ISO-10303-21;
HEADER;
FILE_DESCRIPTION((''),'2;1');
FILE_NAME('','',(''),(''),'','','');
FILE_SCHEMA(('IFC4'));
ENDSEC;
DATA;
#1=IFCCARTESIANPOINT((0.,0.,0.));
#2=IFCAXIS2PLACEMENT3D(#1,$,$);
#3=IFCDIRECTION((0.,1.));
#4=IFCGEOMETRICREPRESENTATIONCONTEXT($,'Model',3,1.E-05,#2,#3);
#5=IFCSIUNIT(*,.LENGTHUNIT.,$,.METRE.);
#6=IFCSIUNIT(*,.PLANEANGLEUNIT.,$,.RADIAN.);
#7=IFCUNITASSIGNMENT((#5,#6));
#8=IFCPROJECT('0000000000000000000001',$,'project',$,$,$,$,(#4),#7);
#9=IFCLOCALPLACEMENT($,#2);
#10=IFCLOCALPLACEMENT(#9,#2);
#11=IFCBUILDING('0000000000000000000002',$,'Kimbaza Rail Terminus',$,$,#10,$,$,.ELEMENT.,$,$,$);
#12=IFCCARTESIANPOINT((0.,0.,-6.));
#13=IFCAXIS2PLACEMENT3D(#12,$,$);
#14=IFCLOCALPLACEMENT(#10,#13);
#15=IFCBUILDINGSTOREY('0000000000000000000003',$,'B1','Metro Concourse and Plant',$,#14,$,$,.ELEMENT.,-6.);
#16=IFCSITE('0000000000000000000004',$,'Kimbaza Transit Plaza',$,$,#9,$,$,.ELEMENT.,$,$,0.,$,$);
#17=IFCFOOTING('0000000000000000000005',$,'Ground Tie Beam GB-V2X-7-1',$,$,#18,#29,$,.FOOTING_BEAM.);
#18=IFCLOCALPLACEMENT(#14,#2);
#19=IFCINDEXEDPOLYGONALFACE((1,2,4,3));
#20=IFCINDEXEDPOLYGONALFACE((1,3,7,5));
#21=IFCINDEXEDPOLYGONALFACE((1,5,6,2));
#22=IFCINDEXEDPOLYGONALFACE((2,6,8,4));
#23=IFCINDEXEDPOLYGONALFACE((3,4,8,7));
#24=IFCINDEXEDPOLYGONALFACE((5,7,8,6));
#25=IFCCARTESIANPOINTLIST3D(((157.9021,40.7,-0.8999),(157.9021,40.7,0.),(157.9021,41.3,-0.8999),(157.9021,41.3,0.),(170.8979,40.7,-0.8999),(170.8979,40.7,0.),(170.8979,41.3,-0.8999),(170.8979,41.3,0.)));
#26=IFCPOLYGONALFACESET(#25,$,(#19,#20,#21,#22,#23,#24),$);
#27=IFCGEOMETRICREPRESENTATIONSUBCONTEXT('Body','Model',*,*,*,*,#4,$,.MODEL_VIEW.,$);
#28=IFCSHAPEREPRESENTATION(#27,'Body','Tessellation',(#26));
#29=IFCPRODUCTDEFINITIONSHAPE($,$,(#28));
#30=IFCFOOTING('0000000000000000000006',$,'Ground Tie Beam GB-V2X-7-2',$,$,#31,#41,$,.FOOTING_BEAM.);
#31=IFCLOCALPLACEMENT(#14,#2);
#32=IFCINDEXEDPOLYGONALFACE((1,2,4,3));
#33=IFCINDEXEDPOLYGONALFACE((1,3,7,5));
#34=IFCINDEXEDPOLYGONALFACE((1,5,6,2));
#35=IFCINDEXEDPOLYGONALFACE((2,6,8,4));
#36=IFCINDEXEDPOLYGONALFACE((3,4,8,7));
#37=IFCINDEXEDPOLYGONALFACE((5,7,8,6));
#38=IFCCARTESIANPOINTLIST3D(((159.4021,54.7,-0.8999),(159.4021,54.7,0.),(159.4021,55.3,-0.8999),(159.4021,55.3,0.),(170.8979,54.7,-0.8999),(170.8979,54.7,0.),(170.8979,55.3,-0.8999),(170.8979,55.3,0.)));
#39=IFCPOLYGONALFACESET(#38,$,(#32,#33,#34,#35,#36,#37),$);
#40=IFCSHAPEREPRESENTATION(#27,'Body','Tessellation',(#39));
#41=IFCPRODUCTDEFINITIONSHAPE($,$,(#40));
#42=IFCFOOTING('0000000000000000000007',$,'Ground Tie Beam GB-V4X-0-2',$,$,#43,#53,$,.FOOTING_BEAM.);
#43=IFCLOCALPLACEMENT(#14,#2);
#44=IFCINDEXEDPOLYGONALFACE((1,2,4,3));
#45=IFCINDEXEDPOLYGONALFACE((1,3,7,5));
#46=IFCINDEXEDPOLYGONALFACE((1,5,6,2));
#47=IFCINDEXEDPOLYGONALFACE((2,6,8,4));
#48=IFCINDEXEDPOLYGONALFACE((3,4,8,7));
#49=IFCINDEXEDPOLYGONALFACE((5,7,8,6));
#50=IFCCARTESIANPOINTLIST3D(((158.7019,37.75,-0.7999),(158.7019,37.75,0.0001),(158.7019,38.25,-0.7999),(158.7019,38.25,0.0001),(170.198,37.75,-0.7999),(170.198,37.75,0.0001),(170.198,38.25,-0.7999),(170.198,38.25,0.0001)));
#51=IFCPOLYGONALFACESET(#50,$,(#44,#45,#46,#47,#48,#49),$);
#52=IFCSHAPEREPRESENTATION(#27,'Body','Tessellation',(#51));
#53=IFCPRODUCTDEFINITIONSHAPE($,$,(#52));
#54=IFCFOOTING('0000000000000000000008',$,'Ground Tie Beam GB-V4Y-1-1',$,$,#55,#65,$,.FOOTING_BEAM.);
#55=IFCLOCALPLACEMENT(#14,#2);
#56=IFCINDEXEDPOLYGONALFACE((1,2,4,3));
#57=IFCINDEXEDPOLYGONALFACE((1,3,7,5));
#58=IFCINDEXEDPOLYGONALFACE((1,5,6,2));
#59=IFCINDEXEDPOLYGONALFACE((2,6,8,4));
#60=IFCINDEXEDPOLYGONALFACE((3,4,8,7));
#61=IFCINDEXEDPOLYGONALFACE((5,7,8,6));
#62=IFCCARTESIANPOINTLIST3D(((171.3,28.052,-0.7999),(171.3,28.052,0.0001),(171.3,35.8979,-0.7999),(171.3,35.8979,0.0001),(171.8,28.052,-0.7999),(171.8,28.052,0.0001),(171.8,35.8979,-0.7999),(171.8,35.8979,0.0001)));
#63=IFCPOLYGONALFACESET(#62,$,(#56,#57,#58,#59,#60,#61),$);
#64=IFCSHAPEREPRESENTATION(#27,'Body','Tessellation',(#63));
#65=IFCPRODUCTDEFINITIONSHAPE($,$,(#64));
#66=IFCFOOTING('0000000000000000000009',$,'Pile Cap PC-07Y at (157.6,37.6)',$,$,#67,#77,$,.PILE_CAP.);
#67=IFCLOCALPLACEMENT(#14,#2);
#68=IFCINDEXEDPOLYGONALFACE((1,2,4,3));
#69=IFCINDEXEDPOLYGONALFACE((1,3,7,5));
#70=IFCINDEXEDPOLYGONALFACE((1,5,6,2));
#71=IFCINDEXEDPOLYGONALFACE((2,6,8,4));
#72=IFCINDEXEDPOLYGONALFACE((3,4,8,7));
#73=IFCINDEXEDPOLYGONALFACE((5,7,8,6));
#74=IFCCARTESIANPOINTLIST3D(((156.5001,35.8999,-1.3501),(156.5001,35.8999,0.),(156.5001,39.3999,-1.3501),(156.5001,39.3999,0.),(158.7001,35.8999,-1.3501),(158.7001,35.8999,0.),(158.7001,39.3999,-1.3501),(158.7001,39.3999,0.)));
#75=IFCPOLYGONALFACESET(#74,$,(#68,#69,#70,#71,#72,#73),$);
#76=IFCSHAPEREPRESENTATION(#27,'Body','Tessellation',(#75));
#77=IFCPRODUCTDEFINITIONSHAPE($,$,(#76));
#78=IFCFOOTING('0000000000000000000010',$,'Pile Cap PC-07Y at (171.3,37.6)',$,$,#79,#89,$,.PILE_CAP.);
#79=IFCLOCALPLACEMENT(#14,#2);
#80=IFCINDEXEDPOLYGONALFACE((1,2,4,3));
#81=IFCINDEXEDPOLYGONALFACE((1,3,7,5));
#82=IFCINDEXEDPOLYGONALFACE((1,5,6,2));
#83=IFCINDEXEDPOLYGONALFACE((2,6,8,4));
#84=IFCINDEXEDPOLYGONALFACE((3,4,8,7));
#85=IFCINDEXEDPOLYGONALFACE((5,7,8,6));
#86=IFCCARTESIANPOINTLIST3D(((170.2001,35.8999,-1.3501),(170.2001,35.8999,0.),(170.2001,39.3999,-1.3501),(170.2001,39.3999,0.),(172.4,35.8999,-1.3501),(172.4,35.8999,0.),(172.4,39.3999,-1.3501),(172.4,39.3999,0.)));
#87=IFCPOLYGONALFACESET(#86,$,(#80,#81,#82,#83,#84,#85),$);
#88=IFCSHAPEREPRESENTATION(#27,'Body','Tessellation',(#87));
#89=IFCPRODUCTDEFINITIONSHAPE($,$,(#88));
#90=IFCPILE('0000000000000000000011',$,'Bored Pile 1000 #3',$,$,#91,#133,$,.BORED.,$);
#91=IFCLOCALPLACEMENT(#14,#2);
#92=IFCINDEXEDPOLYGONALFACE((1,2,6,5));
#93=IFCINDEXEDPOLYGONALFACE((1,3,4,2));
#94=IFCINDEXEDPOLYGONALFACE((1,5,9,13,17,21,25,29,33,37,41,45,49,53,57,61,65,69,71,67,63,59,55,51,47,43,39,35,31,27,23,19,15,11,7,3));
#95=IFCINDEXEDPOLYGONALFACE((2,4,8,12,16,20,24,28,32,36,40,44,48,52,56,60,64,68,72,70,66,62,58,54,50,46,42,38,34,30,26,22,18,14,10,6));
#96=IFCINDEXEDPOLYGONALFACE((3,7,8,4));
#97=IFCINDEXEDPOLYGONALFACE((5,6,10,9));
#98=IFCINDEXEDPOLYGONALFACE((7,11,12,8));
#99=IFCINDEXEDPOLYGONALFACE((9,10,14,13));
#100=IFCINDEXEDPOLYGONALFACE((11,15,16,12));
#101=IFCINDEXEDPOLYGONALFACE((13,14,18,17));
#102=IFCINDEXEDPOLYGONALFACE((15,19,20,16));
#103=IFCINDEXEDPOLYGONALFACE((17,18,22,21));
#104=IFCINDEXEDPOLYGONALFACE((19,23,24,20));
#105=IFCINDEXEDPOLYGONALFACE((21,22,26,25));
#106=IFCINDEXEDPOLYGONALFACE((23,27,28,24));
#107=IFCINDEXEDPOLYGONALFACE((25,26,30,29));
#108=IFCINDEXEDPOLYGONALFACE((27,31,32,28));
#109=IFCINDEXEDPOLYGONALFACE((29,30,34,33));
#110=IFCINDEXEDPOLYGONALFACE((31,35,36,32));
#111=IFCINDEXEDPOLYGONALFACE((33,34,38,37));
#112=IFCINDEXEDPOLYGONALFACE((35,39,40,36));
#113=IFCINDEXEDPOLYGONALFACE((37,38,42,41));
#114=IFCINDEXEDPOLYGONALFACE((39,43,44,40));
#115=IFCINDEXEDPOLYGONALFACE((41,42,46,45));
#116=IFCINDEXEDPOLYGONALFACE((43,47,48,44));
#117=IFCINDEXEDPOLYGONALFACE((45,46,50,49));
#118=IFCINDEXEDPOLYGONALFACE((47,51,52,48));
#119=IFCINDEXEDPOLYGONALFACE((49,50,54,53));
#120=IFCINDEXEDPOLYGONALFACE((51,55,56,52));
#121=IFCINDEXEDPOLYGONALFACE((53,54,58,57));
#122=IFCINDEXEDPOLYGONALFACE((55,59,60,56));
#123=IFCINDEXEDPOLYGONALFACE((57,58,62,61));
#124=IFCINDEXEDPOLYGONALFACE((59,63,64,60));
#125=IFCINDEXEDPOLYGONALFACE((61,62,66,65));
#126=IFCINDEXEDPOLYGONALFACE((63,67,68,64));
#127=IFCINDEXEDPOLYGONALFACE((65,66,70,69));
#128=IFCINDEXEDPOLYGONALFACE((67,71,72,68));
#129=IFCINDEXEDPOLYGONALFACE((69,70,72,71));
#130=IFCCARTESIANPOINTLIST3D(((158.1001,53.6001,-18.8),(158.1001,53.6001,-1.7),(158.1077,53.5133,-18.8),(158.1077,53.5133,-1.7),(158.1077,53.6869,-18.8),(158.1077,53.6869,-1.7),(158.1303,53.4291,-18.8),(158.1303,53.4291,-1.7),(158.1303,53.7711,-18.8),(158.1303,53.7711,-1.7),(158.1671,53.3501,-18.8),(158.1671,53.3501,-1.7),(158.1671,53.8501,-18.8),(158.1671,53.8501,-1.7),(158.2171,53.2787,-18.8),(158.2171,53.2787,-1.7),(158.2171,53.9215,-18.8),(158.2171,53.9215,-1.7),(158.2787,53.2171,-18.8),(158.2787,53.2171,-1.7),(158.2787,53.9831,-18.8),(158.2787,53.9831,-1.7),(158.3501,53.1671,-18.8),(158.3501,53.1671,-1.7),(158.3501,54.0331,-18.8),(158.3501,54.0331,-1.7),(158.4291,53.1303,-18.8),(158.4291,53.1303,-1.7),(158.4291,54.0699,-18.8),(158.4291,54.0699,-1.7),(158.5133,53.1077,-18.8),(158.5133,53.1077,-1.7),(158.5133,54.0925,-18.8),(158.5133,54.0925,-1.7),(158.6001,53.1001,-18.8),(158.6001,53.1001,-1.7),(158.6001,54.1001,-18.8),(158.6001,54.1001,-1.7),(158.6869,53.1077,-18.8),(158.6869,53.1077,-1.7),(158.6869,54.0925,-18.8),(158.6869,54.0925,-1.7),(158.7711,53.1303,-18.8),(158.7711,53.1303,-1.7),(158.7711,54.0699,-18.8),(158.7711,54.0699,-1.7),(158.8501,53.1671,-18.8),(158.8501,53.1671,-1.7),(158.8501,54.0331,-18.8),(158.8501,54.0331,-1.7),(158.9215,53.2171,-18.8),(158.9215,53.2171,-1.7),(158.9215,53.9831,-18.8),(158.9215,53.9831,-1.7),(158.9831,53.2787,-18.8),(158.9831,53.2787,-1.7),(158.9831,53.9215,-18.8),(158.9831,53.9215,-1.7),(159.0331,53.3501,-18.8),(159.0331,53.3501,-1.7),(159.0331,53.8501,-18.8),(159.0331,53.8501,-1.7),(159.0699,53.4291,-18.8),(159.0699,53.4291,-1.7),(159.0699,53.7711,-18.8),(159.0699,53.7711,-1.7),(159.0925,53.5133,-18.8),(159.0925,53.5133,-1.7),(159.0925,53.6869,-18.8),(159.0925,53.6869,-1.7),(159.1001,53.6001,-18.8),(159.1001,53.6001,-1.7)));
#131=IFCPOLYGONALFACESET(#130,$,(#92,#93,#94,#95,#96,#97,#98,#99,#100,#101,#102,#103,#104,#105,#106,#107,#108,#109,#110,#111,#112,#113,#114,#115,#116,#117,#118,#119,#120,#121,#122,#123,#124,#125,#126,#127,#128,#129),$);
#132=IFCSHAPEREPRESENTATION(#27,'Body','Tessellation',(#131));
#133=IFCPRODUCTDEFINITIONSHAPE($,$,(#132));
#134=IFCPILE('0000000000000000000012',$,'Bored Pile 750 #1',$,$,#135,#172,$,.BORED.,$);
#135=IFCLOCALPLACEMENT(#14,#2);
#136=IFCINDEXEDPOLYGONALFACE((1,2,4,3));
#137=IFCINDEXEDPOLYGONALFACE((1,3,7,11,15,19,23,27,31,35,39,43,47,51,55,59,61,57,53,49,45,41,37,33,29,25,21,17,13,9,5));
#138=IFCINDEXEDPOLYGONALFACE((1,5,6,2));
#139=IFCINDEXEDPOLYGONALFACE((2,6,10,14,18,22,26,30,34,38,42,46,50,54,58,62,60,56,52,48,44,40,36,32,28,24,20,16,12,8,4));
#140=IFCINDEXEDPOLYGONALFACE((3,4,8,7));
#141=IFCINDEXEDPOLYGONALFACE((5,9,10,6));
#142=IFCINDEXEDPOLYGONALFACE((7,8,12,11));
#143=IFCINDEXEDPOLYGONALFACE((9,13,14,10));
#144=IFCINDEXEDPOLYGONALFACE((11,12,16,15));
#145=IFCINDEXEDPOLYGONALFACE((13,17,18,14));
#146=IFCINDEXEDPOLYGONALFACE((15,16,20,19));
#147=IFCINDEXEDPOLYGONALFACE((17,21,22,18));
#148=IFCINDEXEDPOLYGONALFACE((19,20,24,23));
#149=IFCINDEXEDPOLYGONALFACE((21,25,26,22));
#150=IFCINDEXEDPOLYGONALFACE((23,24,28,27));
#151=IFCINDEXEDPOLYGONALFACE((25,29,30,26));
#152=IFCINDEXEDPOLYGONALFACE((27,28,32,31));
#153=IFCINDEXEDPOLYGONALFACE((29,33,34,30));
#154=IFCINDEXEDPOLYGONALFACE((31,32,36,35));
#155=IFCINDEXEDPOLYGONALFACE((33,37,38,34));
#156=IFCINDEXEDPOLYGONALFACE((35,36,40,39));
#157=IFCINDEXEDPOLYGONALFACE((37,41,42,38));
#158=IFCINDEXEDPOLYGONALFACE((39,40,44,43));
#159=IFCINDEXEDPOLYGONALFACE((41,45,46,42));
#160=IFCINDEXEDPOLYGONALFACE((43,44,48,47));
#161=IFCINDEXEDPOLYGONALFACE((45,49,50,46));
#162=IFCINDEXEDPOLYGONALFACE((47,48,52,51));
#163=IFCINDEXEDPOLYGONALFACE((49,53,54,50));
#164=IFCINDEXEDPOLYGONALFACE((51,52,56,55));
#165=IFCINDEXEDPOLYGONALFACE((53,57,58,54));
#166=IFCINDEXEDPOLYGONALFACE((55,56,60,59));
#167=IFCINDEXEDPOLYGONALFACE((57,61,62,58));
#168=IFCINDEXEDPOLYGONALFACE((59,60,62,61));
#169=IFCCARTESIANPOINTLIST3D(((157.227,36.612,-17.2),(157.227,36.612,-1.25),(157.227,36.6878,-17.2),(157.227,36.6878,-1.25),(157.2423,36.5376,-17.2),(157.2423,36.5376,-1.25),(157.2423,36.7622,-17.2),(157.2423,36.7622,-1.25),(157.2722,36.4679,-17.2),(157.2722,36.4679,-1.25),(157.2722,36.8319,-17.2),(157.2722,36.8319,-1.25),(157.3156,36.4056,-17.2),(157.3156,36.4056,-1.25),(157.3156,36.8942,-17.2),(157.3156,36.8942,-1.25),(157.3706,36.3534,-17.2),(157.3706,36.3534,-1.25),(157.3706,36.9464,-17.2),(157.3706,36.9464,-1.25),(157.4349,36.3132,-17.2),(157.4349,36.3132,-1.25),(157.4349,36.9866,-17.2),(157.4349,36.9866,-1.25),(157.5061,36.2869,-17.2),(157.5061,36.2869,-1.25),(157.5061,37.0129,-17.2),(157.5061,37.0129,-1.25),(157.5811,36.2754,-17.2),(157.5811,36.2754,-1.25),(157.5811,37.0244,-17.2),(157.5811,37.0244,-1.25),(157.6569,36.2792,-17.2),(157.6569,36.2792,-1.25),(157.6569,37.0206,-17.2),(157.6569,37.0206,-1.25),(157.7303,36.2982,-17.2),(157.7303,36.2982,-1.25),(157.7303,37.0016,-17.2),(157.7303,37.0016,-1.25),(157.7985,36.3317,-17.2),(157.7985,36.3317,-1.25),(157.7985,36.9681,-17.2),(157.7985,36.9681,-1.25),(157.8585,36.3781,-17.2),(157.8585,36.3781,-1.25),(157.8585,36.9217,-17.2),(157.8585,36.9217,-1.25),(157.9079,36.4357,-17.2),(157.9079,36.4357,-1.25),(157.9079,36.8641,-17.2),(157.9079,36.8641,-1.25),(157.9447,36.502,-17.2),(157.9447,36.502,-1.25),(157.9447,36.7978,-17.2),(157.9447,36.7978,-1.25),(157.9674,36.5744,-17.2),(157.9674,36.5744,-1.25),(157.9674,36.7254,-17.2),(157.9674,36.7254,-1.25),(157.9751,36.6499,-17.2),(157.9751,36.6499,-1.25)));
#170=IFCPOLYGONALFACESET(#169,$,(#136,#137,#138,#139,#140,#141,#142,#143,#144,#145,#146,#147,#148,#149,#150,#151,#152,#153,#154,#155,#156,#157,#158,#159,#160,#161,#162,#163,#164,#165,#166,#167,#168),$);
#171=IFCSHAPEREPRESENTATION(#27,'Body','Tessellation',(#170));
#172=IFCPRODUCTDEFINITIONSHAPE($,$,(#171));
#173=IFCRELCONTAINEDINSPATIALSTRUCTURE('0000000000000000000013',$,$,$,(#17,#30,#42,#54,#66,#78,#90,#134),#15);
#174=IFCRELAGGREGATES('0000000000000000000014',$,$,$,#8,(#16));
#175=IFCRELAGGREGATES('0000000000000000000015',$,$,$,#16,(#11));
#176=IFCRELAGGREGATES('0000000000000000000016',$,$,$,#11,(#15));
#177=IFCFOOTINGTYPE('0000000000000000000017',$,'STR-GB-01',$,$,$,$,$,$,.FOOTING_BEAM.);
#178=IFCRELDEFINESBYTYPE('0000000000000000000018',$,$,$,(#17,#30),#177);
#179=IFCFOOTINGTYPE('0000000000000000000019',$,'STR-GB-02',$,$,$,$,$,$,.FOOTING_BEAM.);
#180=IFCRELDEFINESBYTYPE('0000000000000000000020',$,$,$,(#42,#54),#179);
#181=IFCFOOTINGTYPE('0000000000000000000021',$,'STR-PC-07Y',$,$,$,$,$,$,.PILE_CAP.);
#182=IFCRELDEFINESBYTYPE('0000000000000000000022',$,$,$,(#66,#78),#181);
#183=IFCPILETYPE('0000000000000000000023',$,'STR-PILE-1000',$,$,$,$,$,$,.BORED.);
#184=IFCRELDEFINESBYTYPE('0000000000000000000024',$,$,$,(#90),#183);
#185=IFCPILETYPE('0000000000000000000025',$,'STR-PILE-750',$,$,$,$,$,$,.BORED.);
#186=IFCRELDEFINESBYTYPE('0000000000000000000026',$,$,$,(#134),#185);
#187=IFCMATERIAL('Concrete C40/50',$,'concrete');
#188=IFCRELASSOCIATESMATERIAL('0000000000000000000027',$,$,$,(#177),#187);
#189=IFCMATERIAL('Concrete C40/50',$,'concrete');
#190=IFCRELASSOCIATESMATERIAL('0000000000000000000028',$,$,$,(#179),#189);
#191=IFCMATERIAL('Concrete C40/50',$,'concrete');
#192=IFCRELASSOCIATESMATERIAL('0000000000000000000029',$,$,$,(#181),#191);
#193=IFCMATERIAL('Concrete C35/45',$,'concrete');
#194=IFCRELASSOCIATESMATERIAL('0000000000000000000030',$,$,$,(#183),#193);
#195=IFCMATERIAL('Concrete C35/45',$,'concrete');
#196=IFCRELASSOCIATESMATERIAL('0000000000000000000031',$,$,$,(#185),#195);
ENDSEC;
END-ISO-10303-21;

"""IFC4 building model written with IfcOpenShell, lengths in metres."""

from ifc_helpers import new_model, si_unit, direction, frame, origin, origin_2d, place, context, subcontext, project, spatial, rectangle, circle, extrude, material, material_profile, profile_set, type_object, element, save


model = new_model("IFC4")

# Units and contexts
model_context = context("Model", 3, precision=1e-05, world=origin(), true_north=direction((0.0, 1.0)))
body_context = subcontext(model_context, "Body", "Model", "MODEL_VIEW")
ifc_project = project(units=[si_unit("LENGTHUNIT", "METRE"), si_unit("PLANEANGLEUNIT", "RADIAN")], contexts=[model_context])

# Site, building, storey
site_placement = place(None, origin())
site = spatial("IfcSite", under=ifc_project, at=site_placement, Name="Kimbaza Transit Plaza", CompositionType="ELEMENT", RefElevation=0.0)
building_placement = place(site_placement, origin())
building = spatial("IfcBuilding", under=site, at=building_placement, Name="Kimbaza Rail Terminus", CompositionType="ELEMENT")
storey_placement = place(building_placement, frame((0.0, 0.0, -6.0)))
storey = spatial("IfcBuildingStorey", under=building, at=storey_placement, Name="B1", Description="Metro Concourse and Plant", CompositionType="ELEMENT", Elevation=-6.0)

# Footings
ifc_material_1 = material(Name="Concrete C40/50", Category="concrete")
ifc_material_profile_1 = material_profile(ifc_material_1, rectangle(XDim=0.6001, YDim=0.8999, at=origin_2d()), Name="GB-01 600x900")
ifc_profile_set_1 = profile_set([ifc_material_profile_1], Name="Concrete C40/50")
footing_type_1 = type_object("IfcFootingType", Name="STR-GB-01", PredefinedType="FOOTING_BEAM", material=ifc_profile_set_1)
footing_1_placement = place(storey_placement, frame((157.9021, 41.0, -0.45), z_axis=(1.0, 0.0, 0.0), x_axis=(0.0, 1.0, 0.0)))
element("IfcFooting", 1, at=footing_1_placement, inside=storey, type_object=footing_type_1, Name="Ground Tie Beam GB-V2X-7-1", PredefinedType="FOOTING_BEAM", context=body_context, shape_type="SweptSolid", body=[
    extrude(rectangle(XDim=0.6001, YDim=0.8999, at=origin_2d()), origin(), (0.0, 0.0, 1.0), 12.9958),
])
footing_2_placement = place(storey_placement, frame((159.4021, 55.0, -0.45), z_axis=(1.0, 0.0, 0.0), x_axis=(0.0, 1.0, 0.0)))
element("IfcFooting", 2, at=footing_2_placement, inside=storey, type_object=footing_type_1, Name="Ground Tie Beam GB-V2X-7-2", PredefinedType="FOOTING_BEAM", context=body_context, shape_type="SweptSolid", body=[
    extrude(rectangle(XDim=0.6001, YDim=0.8999, at=origin_2d()), origin(), (0.0, 0.0, 1.0), 11.4958),
])
ifc_material_2 = material(Name="Concrete C40/50", Category="concrete")
ifc_material_profile_2 = material_profile(ifc_material_2, rectangle(XDim=0.5, YDim=0.8, at=origin_2d()), Name="GB-02 500x800")
ifc_profile_set_2 = profile_set([ifc_material_profile_2], Name="Concrete C40/50")
footing_type_2 = type_object("IfcFootingType", Name="STR-GB-02", PredefinedType="FOOTING_BEAM", material=ifc_profile_set_2)
footing_3_placement = place(storey_placement, frame((158.7019, 38.0, -0.3999), z_axis=(1.0, 0.0, 0.0), x_axis=(0.0, 1.0, 0.0)))
element("IfcFooting", 3, at=footing_3_placement, inside=storey, type_object=footing_type_2, Name="Ground Tie Beam GB-V4X-0-2", PredefinedType="FOOTING_BEAM", context=body_context, shape_type="SweptSolid", body=[
    extrude(rectangle(XDim=0.5, YDim=0.8, at=origin_2d()), origin(), (0.0, 0.0, 1.0), 11.4961),
])
footing_4_placement = place(storey_placement, frame((171.55, 28.052, -0.3999), z_axis=(0.0, 1.0, 0.0), x_axis=(-1.0, 0.0, 0.0)))
element("IfcFooting", 4, at=footing_4_placement, inside=storey, type_object=footing_type_2, Name="Ground Tie Beam GB-V4Y-1-1", PredefinedType="FOOTING_BEAM", context=body_context, shape_type="SweptSolid", body=[
    extrude(rectangle(XDim=0.5, YDim=0.8, at=origin_2d()), origin(), (0.0, 0.0, 1.0), 7.8459),
])
ifc_material_3 = material(Name="Concrete C40/50", Category="concrete")
footing_type_3 = type_object("IfcFootingType", Name="STR-PC-07Y", PredefinedType="PILE_CAP", material=ifc_material_3)
for number, where, z_axis, x_axis, name in (
    (5, (157.6001, 37.6499, -1.3501), (0.0, 0.0, 1.0), (1.0, 0.0, 0.0), "Pile Cap PC-07Y at (157.6,37.6)"),
    (6, (171.3, 37.6499, -1.3501), (0.0, 0.0, 1.0), (1.0, 0.0, 0.0), "Pile Cap PC-07Y at (171.3,37.6)"),
):
    element("IfcFooting", number, at=place(storey_placement, frame(where, z_axis=z_axis, x_axis=x_axis)), inside=storey, type_object=footing_type_3, Name=name, PredefinedType="PILE_CAP", context=body_context, shape_type="SweptSolid", body=[
        extrude(rectangle(XDim=2.2, YDim=3.5, at=origin_2d()), origin(), (0.0, 0.0, 1.0), 1.3501),
    ])

# Piles
ifc_material_4 = material(Name="Concrete C35/45", Category="concrete")
ifc_material_profile_3 = material_profile(ifc_material_4, circle(Radius=0.5, at=origin_2d()), Name="BORED PILE 1000")
ifc_profile_set_3 = profile_set([ifc_material_profile_3], Name="Concrete C35/45")
pile_type_1 = type_object("IfcPileType", Name="STR-PILE-1000", PredefinedType="BORED", material=ifc_profile_set_3)
pile_1_placement = place(storey_placement, frame((158.6001, 53.6001, -1.7), z_axis=(0.0, 0.0, -1.0), x_axis=(1.0, 0.0, 0.0)))
element("IfcPile", 7, at=pile_1_placement, inside=storey, type_object=pile_type_1, Name="Bored Pile 1000 #3", PredefinedType="BORED", context=body_context, shape_type="SweptSolid", body=[
    extrude(circle(Radius=0.5, at=origin_2d()), origin(), (0.0, 0.0, 1.0), 17.1001),
])
ifc_material_5 = material(Name="Concrete C35/45", Category="concrete")
ifc_material_profile_4 = material_profile(ifc_material_5, circle(Radius=0.375, at=origin_2d()), Name="BORED PILE 750")
ifc_profile_set_4 = profile_set([ifc_material_profile_4], Name="Concrete C35/45")
pile_type_2 = type_object("IfcPileType", Name="STR-PILE-750", PredefinedType="BORED", material=ifc_profile_set_4)
for number, where, z_axis, x_axis, name in (
    (8, (157.6001, 36.6499, -1.25), (0.0, 0.0, -1.0), (1.0, 0.0, 0.0), "Bored Pile 750 #1"),
):
    element("IfcPile", number, at=place(storey_placement, frame(where, z_axis=z_axis, x_axis=x_axis)), inside=storey, type_object=pile_type_2, Name=name, PredefinedType="BORED", context=body_context, shape_type="SweptSolid", body=[
        extrude(circle(Radius=0.375, at=origin_2d()), origin(), (0.0, 0.0, 1.0), 15.95),
    ])

save(model, "model.ifc")
